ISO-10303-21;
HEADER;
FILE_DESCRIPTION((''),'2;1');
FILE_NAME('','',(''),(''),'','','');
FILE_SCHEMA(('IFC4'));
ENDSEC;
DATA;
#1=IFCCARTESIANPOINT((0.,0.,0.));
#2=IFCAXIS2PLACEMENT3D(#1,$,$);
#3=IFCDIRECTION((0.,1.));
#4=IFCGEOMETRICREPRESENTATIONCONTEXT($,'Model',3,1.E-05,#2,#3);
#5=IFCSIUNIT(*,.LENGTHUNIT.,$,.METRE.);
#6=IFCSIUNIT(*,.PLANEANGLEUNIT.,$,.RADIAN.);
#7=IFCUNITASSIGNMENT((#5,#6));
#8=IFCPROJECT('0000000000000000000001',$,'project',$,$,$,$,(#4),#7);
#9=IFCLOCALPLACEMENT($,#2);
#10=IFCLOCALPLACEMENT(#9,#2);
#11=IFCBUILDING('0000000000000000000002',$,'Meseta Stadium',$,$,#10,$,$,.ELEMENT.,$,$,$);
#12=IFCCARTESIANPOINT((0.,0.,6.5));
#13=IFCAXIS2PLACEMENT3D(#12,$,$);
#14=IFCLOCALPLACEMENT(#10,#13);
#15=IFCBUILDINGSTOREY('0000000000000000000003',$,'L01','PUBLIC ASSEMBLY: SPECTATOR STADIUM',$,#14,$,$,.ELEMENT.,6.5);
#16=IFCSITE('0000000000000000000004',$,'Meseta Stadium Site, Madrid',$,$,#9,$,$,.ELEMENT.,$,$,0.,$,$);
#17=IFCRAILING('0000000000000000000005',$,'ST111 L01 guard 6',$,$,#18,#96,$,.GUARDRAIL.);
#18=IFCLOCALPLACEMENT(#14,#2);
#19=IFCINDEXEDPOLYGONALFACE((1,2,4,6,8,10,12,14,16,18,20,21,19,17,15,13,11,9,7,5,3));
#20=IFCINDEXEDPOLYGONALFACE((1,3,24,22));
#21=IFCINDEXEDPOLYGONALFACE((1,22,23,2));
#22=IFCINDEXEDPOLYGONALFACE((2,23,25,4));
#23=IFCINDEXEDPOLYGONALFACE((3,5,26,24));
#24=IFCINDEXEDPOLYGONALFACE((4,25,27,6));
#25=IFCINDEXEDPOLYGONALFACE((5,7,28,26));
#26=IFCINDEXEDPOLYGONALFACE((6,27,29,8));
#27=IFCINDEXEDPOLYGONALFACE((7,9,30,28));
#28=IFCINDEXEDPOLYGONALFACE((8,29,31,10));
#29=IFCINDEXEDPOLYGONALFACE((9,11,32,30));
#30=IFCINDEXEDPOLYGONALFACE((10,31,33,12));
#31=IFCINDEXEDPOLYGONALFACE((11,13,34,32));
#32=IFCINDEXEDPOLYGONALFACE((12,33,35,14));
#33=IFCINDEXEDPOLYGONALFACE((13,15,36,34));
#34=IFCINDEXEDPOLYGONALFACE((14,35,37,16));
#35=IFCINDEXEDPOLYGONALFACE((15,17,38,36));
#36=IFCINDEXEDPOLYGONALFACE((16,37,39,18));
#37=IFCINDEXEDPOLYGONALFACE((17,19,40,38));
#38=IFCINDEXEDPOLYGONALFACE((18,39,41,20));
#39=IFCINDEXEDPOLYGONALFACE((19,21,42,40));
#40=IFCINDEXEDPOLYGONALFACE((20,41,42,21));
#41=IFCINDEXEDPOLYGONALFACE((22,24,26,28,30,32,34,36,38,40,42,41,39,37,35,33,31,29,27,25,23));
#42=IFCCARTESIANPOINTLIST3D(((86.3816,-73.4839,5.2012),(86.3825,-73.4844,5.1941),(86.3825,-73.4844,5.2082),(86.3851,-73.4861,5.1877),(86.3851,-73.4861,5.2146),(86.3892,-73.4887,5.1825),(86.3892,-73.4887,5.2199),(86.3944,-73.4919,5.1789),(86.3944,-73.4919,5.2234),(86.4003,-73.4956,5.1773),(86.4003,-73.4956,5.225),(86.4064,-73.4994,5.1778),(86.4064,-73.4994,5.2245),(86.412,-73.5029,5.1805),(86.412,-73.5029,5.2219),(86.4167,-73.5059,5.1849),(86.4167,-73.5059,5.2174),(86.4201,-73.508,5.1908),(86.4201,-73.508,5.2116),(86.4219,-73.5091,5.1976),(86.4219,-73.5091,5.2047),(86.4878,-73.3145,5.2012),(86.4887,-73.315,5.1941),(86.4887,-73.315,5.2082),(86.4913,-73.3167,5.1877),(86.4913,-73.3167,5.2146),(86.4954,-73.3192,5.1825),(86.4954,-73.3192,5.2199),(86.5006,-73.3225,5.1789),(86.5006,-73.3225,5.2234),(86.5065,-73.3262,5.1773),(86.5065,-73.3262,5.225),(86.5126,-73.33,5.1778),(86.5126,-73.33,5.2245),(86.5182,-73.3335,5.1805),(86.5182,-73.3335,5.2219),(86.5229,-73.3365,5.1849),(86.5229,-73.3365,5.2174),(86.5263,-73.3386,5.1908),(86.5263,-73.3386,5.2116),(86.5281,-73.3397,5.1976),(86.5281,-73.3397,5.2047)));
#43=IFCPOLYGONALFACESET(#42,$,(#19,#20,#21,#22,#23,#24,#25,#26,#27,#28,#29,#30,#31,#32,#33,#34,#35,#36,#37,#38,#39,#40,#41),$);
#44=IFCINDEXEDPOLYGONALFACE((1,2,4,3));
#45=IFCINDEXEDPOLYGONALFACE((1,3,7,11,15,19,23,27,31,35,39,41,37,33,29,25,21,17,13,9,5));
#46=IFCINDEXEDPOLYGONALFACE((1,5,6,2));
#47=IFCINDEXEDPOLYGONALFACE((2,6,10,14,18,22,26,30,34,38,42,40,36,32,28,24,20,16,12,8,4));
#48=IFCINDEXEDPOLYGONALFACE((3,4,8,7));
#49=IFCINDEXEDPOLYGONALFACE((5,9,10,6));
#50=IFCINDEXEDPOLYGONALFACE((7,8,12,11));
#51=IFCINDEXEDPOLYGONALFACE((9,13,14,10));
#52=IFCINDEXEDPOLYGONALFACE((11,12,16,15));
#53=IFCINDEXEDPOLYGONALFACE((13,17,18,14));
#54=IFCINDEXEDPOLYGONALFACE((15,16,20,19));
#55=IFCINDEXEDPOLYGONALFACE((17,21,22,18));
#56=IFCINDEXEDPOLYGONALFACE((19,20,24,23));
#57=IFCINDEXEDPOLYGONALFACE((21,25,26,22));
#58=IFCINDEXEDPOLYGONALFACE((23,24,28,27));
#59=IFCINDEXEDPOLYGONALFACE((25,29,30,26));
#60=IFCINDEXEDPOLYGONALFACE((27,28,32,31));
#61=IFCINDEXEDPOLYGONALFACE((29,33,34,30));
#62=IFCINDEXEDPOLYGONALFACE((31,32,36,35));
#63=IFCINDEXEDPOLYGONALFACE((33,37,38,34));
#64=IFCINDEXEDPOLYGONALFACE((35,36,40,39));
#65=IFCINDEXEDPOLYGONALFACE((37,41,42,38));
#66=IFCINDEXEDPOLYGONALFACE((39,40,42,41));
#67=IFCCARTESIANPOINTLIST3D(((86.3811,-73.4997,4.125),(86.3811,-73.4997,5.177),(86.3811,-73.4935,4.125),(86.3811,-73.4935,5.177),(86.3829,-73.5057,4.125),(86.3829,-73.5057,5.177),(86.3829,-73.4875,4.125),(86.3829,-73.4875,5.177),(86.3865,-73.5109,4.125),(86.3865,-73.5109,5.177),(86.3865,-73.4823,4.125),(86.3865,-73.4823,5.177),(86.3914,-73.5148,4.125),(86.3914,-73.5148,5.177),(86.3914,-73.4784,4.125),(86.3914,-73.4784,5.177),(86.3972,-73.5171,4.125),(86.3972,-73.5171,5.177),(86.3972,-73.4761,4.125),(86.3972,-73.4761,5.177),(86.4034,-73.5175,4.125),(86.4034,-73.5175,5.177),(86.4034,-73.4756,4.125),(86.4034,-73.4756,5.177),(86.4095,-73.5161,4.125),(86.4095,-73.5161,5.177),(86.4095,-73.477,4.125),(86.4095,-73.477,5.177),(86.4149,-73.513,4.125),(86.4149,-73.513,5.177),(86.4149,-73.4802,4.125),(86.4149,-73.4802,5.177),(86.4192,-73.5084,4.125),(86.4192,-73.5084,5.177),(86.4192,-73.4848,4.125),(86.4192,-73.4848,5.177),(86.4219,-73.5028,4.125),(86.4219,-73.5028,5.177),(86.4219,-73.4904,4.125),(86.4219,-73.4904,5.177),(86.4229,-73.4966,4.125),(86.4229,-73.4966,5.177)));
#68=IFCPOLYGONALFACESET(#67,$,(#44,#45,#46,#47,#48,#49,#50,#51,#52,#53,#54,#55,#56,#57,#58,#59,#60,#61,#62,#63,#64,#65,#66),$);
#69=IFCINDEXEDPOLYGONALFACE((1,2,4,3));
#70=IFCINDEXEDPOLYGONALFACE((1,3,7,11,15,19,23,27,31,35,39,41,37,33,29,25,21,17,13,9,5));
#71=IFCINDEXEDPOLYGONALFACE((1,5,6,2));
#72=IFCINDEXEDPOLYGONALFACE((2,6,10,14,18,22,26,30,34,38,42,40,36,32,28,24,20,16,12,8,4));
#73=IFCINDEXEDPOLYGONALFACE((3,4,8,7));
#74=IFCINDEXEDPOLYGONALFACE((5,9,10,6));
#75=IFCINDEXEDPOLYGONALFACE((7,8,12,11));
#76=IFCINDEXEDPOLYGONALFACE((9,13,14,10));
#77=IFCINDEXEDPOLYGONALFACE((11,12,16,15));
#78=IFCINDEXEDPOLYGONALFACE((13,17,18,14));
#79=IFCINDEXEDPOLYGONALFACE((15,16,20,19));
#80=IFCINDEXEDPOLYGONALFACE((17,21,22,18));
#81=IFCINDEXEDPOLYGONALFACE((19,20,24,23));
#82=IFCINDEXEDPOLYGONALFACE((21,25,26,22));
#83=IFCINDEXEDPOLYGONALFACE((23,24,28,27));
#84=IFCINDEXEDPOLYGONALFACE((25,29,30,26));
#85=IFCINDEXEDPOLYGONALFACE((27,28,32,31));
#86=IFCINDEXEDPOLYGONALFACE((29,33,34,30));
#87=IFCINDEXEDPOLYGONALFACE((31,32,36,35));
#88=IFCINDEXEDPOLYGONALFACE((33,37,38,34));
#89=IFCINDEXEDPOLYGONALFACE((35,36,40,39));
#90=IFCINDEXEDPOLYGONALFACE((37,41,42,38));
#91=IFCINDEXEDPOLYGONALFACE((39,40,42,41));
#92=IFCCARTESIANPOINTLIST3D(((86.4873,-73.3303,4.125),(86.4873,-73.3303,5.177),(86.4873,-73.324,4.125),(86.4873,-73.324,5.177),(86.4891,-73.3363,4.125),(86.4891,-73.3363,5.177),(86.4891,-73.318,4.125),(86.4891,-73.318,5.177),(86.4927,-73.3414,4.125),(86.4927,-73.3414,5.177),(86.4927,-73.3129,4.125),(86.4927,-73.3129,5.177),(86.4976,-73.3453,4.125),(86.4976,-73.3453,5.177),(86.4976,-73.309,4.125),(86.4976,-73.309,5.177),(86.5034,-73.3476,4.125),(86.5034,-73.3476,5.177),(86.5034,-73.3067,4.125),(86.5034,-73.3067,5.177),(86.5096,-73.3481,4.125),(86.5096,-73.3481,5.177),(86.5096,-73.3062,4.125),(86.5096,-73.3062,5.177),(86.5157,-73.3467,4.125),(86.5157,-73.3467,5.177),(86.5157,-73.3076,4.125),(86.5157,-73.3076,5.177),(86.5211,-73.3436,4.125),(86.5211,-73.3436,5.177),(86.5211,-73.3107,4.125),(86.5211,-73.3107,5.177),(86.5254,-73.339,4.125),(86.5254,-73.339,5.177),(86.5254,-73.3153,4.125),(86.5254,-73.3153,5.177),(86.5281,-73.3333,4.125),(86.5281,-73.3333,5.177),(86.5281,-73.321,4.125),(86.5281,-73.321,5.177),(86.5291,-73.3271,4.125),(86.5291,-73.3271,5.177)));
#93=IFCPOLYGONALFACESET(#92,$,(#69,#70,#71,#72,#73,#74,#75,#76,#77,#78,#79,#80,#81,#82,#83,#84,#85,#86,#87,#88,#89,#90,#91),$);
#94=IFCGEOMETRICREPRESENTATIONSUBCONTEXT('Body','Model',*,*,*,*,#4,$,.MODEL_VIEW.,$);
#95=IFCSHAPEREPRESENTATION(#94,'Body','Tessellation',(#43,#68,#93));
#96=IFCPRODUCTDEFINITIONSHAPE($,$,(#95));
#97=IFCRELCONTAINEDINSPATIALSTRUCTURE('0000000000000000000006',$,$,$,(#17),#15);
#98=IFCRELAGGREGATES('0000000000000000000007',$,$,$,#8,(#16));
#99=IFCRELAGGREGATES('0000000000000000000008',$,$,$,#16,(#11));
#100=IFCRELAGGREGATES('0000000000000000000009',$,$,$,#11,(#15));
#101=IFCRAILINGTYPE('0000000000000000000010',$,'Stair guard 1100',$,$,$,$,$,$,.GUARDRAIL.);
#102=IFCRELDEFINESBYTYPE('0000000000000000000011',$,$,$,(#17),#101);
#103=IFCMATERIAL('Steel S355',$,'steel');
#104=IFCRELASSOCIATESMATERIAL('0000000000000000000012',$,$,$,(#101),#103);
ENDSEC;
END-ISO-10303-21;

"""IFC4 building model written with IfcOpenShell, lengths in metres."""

from ifc_helpers import new_model, si_unit, direction, frame, origin, origin_2d, place, context, subcontext, project, spatial, circle, extrude, material, type_object, element, save


model = new_model("IFC4")

# Units and contexts
model_context = context("Model", 3, precision=1e-05, world=origin(), true_north=direction((0.0, 1.0)))
body_context = subcontext(model_context, "Body", "Model", "MODEL_VIEW")
ifc_project = project(units=[si_unit("LENGTHUNIT", "METRE"), si_unit("PLANEANGLEUNIT", "RADIAN")], contexts=[model_context])

# Site, building, storey
site_placement = place(None, origin())
site = spatial("IfcSite", under=ifc_project, at=site_placement, Name="Meseta Stadium Site, Madrid", CompositionType="ELEMENT", RefElevation=0.0)
building_placement = place(site_placement, origin())
building = spatial("IfcBuilding", under=site, at=building_placement, Name="Meseta Stadium", CompositionType="ELEMENT")
storey_placement = place(building_placement, frame((0.0, 0.0, 6.5)))
storey = spatial("IfcBuildingStorey", under=building, at=storey_placement, Name="L01", Description="PUBLIC ASSEMBLY: SPECTATOR STADIUM", CompositionType="ELEMENT", Elevation=6.5)

# Railing
ifc_material_1 = material(Name="Steel S355", Category="steel")
railing_type_1 = type_object("IfcRailingType", Name="Stair guard 1100", PredefinedType="GUARDRAIL", material=ifc_material_1)
railing_1_placement = place(storey_placement, frame((86.4019, -73.4966, 4.125)))
element("IfcRailing", 1, at=railing_1_placement, inside=storey, type_object=railing_type_1, Name="ST111 L01 guard 6", PredefinedType="GUARDRAIL", context=body_context, shape_type="SweptSolid", body=[
    extrude(circle(Radius=0.0239, at=origin_2d()), frame((0.0, 0.0, 1.0762), z_axis=(0.531096, 0.847312, 0.0), x_axis=(-0.847312, 0.531096, 0.0)), (0.0, 0.0, 1.0), 0.2),
    extrude(circle(Radius=0.021, at=origin_2d()), origin(), (0.0, 0.0, 1.0), 1.052),
    extrude(circle(Radius=0.021, at=origin_2d()), frame((0.1062, 0.1694, 0.0)), (0.0, 0.0, 1.0), 1.052),
])

save(model, "model.ifc")
